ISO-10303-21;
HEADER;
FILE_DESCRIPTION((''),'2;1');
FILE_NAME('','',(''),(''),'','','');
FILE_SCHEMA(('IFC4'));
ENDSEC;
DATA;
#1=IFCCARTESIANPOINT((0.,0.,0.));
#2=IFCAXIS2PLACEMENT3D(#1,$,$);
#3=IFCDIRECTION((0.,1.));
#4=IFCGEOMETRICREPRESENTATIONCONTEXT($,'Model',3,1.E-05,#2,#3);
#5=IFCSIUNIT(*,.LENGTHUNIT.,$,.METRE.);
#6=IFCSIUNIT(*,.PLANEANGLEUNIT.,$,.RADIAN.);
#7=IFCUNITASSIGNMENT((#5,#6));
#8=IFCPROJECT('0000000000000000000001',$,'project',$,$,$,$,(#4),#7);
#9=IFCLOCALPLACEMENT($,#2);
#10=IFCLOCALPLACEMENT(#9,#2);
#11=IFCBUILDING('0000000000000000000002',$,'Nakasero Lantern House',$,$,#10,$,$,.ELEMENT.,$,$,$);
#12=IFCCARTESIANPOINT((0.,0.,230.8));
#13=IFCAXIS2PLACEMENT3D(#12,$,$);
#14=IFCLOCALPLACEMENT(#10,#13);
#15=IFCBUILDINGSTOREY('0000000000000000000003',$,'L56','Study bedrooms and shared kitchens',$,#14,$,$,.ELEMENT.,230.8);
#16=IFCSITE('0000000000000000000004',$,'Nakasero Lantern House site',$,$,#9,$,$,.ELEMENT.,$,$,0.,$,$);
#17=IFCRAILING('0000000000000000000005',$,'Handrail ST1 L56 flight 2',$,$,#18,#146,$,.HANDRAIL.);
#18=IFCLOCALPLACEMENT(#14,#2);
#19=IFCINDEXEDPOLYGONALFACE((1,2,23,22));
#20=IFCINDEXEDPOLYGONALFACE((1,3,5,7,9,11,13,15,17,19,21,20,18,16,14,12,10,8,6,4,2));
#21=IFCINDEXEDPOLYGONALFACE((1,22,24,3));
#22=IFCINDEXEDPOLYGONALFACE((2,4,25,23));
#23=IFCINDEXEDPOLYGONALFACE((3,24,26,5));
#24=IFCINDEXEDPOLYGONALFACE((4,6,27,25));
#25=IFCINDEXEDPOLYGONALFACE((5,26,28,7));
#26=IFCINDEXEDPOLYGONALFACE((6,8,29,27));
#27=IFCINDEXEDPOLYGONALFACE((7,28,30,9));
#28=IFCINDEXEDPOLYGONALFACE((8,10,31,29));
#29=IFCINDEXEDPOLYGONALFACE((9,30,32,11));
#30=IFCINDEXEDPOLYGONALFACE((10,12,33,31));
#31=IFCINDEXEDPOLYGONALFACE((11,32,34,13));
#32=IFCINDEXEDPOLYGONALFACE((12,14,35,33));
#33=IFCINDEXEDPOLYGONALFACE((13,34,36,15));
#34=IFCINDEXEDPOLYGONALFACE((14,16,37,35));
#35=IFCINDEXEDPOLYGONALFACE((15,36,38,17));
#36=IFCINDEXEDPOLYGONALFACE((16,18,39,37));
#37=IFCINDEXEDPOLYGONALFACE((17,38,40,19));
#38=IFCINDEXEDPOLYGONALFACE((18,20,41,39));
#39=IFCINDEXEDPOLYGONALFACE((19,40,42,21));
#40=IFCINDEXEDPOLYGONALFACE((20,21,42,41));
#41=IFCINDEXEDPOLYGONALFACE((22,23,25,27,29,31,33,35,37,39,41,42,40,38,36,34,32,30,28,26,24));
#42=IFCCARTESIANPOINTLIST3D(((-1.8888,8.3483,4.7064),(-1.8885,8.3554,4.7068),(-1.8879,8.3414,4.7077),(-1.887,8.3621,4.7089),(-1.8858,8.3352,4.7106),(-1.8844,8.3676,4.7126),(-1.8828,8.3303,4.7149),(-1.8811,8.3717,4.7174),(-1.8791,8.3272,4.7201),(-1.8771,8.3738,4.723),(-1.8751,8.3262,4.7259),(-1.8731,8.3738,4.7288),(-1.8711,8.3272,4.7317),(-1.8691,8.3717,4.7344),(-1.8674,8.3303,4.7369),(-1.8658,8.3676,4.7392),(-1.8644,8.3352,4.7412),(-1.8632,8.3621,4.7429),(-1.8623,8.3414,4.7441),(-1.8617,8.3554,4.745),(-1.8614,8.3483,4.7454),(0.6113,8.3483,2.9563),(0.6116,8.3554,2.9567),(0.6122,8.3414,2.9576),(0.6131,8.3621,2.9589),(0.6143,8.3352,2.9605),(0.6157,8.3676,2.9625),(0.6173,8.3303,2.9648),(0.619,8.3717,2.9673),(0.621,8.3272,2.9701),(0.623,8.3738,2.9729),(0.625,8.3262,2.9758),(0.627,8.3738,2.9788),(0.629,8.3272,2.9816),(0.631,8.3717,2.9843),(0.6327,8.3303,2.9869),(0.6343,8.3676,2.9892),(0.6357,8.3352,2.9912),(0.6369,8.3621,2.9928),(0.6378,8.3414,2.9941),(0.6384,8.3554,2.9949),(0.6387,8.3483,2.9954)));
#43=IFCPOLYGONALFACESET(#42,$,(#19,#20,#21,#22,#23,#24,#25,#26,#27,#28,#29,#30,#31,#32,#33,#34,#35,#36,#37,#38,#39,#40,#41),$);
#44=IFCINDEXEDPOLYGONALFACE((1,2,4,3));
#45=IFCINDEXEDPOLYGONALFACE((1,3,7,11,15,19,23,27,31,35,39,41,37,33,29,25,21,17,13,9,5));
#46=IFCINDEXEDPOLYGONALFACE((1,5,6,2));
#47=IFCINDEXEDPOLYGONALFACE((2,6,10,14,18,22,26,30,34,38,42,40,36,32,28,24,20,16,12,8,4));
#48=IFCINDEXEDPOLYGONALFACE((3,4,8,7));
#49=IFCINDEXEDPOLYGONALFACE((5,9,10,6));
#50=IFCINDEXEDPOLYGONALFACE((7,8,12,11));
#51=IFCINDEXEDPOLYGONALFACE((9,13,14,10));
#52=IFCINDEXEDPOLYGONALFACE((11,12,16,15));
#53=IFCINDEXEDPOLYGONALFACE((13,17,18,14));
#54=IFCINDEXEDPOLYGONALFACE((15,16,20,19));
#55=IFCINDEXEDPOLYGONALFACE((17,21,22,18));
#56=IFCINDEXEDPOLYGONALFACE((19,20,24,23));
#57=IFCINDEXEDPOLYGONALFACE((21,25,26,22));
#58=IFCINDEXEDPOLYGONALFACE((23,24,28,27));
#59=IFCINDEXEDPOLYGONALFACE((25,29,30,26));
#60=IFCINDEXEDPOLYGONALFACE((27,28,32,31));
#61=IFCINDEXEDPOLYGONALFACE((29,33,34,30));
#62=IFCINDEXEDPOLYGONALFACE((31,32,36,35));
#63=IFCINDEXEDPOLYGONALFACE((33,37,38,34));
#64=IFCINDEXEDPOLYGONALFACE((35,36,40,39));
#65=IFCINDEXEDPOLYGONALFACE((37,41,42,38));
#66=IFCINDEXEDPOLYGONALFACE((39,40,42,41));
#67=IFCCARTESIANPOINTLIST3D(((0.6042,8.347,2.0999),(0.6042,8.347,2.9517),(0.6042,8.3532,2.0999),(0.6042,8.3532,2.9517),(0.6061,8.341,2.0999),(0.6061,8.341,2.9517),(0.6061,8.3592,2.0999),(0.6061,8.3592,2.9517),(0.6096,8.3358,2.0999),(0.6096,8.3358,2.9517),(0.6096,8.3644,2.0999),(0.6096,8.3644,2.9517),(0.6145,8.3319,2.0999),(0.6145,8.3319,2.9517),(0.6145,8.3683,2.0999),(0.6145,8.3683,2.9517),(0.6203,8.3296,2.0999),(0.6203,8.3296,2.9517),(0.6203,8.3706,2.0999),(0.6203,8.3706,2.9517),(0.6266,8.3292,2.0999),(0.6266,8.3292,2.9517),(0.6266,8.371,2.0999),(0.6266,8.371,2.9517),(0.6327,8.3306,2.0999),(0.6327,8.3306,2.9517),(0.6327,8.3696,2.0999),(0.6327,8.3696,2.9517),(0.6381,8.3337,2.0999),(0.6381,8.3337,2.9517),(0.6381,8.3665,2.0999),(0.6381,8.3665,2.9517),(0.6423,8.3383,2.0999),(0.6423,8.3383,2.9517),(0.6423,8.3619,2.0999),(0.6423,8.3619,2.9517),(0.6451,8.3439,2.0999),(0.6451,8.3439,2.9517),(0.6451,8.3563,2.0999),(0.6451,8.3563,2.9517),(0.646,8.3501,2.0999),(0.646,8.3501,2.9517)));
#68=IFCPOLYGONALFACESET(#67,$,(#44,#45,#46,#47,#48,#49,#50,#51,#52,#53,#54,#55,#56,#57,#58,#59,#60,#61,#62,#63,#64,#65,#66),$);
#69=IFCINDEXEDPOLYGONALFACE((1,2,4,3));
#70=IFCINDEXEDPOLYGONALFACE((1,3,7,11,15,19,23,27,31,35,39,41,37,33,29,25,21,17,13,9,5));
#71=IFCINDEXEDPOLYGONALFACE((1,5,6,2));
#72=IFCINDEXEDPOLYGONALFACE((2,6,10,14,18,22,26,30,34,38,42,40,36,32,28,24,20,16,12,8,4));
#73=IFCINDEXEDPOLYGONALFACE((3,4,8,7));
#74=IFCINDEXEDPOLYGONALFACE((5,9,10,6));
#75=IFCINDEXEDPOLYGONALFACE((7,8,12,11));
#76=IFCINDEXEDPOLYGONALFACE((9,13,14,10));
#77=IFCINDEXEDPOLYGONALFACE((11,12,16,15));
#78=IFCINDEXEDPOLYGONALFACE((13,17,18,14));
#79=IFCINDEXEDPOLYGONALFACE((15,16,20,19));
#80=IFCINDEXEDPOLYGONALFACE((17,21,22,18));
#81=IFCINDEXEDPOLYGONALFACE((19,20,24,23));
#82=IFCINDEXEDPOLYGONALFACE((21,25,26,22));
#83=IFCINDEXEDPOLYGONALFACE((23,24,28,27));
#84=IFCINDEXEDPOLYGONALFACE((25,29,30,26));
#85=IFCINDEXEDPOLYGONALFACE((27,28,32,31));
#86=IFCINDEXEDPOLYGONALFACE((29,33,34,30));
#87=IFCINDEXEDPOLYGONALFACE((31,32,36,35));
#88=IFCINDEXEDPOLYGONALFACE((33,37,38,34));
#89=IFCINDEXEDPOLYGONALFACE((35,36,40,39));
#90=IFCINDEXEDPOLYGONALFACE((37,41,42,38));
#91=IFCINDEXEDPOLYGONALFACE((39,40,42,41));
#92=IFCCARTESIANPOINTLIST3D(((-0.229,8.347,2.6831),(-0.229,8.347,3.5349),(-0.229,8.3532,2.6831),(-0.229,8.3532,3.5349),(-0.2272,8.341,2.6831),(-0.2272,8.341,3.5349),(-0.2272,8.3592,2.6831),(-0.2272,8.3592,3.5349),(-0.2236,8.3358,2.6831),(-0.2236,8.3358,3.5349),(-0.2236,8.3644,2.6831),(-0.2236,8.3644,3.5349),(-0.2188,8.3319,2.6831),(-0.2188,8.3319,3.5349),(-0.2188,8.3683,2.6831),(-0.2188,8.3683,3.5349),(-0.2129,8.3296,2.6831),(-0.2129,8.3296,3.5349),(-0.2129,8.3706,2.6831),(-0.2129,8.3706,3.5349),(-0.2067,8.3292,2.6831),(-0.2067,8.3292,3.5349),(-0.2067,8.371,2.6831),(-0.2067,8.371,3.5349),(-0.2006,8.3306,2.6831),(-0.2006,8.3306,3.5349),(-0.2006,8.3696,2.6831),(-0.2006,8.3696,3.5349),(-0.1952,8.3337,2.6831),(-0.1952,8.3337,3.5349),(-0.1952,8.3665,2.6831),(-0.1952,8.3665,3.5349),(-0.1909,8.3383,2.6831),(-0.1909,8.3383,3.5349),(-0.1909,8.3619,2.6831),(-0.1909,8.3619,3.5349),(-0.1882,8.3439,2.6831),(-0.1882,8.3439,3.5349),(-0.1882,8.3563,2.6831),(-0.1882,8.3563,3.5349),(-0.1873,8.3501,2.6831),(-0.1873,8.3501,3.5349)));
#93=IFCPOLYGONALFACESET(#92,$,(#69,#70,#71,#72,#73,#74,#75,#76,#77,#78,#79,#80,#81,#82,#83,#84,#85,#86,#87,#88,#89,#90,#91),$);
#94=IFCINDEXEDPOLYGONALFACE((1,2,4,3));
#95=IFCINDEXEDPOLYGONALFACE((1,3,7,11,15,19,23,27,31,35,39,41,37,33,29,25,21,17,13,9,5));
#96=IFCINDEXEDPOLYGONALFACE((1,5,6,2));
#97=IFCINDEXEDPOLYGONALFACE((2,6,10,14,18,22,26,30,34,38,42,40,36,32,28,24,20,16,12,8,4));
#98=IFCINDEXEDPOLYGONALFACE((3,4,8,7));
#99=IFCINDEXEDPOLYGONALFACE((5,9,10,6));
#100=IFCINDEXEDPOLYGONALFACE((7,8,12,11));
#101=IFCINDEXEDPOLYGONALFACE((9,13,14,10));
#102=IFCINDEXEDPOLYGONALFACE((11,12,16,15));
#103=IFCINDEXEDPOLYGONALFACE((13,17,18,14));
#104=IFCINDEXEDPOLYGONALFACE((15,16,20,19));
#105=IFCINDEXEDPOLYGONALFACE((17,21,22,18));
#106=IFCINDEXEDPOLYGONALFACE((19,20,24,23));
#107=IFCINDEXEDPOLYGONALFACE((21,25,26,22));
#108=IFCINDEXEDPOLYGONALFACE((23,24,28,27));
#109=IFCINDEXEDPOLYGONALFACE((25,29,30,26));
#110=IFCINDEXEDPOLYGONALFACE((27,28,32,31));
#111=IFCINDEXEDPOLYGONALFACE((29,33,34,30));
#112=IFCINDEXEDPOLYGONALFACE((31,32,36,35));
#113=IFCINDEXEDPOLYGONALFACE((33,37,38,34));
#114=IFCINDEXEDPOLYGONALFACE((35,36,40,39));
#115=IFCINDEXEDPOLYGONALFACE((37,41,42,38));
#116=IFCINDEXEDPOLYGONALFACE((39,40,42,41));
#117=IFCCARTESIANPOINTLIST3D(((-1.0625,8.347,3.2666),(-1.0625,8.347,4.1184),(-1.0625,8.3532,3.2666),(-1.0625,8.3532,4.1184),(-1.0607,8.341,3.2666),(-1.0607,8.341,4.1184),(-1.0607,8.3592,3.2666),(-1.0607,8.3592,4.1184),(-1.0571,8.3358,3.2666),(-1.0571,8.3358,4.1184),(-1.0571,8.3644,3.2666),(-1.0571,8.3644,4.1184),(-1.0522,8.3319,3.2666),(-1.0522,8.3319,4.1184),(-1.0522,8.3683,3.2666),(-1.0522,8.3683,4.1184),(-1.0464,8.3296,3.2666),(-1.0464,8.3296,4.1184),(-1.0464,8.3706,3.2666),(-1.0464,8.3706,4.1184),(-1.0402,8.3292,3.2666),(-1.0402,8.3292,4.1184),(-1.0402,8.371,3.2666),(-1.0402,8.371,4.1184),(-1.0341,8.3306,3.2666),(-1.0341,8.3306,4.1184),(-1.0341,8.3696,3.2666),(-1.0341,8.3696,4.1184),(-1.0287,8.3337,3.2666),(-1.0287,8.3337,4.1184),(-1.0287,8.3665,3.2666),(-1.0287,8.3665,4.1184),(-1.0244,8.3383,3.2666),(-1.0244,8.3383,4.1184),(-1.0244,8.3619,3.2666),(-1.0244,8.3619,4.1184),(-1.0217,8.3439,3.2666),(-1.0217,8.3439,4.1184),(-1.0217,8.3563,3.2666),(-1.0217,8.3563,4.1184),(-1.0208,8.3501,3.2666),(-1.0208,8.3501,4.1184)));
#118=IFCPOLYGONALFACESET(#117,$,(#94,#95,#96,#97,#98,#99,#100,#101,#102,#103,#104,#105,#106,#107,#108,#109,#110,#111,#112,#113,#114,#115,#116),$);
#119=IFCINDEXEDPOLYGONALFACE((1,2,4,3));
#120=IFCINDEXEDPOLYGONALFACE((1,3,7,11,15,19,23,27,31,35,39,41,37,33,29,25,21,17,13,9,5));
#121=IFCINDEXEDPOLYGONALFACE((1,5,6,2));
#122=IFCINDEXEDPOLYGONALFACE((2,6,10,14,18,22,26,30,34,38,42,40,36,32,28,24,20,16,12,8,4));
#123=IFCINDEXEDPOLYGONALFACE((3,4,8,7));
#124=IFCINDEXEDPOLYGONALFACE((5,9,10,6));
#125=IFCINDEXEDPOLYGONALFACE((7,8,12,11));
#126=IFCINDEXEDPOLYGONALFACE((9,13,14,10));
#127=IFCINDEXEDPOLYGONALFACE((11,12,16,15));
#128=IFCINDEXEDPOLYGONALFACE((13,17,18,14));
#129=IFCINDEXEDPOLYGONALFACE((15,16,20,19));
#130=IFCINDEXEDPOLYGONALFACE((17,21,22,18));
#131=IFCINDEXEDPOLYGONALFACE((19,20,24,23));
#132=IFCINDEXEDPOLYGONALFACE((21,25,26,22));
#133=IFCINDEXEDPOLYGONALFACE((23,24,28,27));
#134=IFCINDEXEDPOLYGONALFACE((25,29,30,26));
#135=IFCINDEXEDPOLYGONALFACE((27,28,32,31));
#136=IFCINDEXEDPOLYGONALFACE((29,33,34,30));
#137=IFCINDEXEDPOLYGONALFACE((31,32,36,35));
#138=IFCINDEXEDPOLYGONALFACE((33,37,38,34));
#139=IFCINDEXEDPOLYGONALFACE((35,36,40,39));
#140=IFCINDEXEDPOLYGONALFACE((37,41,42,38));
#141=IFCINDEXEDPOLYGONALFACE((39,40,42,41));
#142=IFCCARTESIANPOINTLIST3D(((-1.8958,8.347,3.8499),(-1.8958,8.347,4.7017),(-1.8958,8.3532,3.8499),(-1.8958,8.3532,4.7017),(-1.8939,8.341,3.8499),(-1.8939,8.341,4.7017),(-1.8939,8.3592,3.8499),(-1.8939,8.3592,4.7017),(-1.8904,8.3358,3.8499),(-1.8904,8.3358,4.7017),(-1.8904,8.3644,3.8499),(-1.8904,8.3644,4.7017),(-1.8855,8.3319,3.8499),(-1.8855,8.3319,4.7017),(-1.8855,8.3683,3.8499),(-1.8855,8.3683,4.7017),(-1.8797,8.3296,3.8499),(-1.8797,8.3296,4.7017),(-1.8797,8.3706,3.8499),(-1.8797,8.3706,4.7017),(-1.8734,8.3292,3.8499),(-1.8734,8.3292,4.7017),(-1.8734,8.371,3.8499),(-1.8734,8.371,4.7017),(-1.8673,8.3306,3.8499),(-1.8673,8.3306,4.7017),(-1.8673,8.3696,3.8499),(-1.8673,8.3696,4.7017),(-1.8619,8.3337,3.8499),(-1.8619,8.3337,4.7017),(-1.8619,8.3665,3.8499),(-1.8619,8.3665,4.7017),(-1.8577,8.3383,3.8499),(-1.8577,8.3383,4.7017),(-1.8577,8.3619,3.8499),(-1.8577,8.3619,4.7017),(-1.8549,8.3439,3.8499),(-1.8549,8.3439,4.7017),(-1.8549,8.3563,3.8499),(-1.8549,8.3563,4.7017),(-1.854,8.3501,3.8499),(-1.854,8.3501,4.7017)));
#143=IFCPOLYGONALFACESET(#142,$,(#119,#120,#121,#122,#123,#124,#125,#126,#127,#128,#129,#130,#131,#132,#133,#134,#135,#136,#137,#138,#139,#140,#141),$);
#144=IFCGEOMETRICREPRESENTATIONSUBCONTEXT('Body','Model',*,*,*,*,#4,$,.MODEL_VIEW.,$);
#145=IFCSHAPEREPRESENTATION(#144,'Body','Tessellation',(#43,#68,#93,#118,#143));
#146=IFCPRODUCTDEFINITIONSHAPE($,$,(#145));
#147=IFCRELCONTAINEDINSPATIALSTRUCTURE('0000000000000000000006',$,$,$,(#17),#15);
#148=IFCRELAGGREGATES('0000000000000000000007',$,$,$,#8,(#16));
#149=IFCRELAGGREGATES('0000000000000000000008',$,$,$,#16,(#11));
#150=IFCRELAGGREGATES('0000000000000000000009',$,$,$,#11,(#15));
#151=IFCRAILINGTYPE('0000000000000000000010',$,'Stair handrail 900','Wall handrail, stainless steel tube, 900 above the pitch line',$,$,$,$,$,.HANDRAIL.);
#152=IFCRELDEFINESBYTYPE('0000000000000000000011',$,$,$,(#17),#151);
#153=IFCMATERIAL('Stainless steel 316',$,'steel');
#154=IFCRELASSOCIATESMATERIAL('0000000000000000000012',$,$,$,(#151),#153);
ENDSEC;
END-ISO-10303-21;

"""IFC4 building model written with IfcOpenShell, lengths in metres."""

from ifc_helpers import new_model, si_unit, direction, frame, origin, origin_2d, place, context, subcontext, project, spatial, circle, extrude, material, type_object, element, save


model = new_model("IFC4")

# Units and contexts
model_context = context("Model", 3, precision=1e-05, world=origin(), true_north=direction((0.0, 1.0)))
body_context = subcontext(model_context, "Body", "Model", "MODEL_VIEW")
ifc_project = project(units=[si_unit("LENGTHUNIT", "METRE"), si_unit("PLANEANGLEUNIT", "RADIAN")], contexts=[model_context])

# Site, building, storey
site_placement = place(None, origin())
site = spatial("IfcSite", under=ifc_project, at=site_placement, Name="Nakasero Lantern House site", CompositionType="ELEMENT", RefElevation=0.0)
building_placement = place(site_placement, origin())
building = spatial("IfcBuilding", under=site, at=building_placement, Name="Nakasero Lantern House", CompositionType="ELEMENT")
storey_placement = place(building_placement, frame((0.0, 0.0, 230.8)))
storey = spatial("IfcBuildingStorey", under=building, at=storey_placement, Name="L56", Description="Study bedrooms and shared kitchens", CompositionType="ELEMENT", Elevation=230.8)

# Railing
ifc_material_1 = material(Name="Stainless steel 316", Category="steel")
railing_type = type_object("IfcRailingType", Name="Stair handrail 900", Description="Wall handrail, stainless steel tube, 900 above the pitch line", PredefinedType="HANDRAIL", material=ifc_material_1)
railing_placement = place(storey_placement, frame((0.625, 8.3501, 2.0999)))
element("IfcRailing", 1, at=railing_placement, inside=storey, type_object=railing_type, Name="Handrail ST1 L56 flight 2", PredefinedType="HANDRAIL", context=body_context, shape_type="SweptSolid", body=[
    extrude(circle(Radius=0.0239, at=origin_2d()), frame((0.0, 0.0, 0.876), z_axis=(-0.819232, 0.0, 0.573462), x_axis=(0.0, -1.0, 0.0)), (0.0, 0.0, 1.0), 3.0518),
    extrude(circle(Radius=0.021, at=origin_2d()), origin(), (0.0, 0.0, 1.0), 0.8518),
    extrude(circle(Radius=0.021, at=origin_2d()), frame((-0.8333, 0.0, 0.5833)), (0.0, 0.0, 1.0), 0.8518),
    extrude(circle(Radius=0.021, at=origin_2d()), frame((-1.6667, 0.0, 1.1667)), (0.0, 0.0, 1.0), 0.8518),
    extrude(circle(Radius=0.021, at=origin_2d()), frame((-2.5, 0.0, 1.75)), (0.0, 0.0, 1.0), 0.8518),
])

save(model, "model.ifc")
